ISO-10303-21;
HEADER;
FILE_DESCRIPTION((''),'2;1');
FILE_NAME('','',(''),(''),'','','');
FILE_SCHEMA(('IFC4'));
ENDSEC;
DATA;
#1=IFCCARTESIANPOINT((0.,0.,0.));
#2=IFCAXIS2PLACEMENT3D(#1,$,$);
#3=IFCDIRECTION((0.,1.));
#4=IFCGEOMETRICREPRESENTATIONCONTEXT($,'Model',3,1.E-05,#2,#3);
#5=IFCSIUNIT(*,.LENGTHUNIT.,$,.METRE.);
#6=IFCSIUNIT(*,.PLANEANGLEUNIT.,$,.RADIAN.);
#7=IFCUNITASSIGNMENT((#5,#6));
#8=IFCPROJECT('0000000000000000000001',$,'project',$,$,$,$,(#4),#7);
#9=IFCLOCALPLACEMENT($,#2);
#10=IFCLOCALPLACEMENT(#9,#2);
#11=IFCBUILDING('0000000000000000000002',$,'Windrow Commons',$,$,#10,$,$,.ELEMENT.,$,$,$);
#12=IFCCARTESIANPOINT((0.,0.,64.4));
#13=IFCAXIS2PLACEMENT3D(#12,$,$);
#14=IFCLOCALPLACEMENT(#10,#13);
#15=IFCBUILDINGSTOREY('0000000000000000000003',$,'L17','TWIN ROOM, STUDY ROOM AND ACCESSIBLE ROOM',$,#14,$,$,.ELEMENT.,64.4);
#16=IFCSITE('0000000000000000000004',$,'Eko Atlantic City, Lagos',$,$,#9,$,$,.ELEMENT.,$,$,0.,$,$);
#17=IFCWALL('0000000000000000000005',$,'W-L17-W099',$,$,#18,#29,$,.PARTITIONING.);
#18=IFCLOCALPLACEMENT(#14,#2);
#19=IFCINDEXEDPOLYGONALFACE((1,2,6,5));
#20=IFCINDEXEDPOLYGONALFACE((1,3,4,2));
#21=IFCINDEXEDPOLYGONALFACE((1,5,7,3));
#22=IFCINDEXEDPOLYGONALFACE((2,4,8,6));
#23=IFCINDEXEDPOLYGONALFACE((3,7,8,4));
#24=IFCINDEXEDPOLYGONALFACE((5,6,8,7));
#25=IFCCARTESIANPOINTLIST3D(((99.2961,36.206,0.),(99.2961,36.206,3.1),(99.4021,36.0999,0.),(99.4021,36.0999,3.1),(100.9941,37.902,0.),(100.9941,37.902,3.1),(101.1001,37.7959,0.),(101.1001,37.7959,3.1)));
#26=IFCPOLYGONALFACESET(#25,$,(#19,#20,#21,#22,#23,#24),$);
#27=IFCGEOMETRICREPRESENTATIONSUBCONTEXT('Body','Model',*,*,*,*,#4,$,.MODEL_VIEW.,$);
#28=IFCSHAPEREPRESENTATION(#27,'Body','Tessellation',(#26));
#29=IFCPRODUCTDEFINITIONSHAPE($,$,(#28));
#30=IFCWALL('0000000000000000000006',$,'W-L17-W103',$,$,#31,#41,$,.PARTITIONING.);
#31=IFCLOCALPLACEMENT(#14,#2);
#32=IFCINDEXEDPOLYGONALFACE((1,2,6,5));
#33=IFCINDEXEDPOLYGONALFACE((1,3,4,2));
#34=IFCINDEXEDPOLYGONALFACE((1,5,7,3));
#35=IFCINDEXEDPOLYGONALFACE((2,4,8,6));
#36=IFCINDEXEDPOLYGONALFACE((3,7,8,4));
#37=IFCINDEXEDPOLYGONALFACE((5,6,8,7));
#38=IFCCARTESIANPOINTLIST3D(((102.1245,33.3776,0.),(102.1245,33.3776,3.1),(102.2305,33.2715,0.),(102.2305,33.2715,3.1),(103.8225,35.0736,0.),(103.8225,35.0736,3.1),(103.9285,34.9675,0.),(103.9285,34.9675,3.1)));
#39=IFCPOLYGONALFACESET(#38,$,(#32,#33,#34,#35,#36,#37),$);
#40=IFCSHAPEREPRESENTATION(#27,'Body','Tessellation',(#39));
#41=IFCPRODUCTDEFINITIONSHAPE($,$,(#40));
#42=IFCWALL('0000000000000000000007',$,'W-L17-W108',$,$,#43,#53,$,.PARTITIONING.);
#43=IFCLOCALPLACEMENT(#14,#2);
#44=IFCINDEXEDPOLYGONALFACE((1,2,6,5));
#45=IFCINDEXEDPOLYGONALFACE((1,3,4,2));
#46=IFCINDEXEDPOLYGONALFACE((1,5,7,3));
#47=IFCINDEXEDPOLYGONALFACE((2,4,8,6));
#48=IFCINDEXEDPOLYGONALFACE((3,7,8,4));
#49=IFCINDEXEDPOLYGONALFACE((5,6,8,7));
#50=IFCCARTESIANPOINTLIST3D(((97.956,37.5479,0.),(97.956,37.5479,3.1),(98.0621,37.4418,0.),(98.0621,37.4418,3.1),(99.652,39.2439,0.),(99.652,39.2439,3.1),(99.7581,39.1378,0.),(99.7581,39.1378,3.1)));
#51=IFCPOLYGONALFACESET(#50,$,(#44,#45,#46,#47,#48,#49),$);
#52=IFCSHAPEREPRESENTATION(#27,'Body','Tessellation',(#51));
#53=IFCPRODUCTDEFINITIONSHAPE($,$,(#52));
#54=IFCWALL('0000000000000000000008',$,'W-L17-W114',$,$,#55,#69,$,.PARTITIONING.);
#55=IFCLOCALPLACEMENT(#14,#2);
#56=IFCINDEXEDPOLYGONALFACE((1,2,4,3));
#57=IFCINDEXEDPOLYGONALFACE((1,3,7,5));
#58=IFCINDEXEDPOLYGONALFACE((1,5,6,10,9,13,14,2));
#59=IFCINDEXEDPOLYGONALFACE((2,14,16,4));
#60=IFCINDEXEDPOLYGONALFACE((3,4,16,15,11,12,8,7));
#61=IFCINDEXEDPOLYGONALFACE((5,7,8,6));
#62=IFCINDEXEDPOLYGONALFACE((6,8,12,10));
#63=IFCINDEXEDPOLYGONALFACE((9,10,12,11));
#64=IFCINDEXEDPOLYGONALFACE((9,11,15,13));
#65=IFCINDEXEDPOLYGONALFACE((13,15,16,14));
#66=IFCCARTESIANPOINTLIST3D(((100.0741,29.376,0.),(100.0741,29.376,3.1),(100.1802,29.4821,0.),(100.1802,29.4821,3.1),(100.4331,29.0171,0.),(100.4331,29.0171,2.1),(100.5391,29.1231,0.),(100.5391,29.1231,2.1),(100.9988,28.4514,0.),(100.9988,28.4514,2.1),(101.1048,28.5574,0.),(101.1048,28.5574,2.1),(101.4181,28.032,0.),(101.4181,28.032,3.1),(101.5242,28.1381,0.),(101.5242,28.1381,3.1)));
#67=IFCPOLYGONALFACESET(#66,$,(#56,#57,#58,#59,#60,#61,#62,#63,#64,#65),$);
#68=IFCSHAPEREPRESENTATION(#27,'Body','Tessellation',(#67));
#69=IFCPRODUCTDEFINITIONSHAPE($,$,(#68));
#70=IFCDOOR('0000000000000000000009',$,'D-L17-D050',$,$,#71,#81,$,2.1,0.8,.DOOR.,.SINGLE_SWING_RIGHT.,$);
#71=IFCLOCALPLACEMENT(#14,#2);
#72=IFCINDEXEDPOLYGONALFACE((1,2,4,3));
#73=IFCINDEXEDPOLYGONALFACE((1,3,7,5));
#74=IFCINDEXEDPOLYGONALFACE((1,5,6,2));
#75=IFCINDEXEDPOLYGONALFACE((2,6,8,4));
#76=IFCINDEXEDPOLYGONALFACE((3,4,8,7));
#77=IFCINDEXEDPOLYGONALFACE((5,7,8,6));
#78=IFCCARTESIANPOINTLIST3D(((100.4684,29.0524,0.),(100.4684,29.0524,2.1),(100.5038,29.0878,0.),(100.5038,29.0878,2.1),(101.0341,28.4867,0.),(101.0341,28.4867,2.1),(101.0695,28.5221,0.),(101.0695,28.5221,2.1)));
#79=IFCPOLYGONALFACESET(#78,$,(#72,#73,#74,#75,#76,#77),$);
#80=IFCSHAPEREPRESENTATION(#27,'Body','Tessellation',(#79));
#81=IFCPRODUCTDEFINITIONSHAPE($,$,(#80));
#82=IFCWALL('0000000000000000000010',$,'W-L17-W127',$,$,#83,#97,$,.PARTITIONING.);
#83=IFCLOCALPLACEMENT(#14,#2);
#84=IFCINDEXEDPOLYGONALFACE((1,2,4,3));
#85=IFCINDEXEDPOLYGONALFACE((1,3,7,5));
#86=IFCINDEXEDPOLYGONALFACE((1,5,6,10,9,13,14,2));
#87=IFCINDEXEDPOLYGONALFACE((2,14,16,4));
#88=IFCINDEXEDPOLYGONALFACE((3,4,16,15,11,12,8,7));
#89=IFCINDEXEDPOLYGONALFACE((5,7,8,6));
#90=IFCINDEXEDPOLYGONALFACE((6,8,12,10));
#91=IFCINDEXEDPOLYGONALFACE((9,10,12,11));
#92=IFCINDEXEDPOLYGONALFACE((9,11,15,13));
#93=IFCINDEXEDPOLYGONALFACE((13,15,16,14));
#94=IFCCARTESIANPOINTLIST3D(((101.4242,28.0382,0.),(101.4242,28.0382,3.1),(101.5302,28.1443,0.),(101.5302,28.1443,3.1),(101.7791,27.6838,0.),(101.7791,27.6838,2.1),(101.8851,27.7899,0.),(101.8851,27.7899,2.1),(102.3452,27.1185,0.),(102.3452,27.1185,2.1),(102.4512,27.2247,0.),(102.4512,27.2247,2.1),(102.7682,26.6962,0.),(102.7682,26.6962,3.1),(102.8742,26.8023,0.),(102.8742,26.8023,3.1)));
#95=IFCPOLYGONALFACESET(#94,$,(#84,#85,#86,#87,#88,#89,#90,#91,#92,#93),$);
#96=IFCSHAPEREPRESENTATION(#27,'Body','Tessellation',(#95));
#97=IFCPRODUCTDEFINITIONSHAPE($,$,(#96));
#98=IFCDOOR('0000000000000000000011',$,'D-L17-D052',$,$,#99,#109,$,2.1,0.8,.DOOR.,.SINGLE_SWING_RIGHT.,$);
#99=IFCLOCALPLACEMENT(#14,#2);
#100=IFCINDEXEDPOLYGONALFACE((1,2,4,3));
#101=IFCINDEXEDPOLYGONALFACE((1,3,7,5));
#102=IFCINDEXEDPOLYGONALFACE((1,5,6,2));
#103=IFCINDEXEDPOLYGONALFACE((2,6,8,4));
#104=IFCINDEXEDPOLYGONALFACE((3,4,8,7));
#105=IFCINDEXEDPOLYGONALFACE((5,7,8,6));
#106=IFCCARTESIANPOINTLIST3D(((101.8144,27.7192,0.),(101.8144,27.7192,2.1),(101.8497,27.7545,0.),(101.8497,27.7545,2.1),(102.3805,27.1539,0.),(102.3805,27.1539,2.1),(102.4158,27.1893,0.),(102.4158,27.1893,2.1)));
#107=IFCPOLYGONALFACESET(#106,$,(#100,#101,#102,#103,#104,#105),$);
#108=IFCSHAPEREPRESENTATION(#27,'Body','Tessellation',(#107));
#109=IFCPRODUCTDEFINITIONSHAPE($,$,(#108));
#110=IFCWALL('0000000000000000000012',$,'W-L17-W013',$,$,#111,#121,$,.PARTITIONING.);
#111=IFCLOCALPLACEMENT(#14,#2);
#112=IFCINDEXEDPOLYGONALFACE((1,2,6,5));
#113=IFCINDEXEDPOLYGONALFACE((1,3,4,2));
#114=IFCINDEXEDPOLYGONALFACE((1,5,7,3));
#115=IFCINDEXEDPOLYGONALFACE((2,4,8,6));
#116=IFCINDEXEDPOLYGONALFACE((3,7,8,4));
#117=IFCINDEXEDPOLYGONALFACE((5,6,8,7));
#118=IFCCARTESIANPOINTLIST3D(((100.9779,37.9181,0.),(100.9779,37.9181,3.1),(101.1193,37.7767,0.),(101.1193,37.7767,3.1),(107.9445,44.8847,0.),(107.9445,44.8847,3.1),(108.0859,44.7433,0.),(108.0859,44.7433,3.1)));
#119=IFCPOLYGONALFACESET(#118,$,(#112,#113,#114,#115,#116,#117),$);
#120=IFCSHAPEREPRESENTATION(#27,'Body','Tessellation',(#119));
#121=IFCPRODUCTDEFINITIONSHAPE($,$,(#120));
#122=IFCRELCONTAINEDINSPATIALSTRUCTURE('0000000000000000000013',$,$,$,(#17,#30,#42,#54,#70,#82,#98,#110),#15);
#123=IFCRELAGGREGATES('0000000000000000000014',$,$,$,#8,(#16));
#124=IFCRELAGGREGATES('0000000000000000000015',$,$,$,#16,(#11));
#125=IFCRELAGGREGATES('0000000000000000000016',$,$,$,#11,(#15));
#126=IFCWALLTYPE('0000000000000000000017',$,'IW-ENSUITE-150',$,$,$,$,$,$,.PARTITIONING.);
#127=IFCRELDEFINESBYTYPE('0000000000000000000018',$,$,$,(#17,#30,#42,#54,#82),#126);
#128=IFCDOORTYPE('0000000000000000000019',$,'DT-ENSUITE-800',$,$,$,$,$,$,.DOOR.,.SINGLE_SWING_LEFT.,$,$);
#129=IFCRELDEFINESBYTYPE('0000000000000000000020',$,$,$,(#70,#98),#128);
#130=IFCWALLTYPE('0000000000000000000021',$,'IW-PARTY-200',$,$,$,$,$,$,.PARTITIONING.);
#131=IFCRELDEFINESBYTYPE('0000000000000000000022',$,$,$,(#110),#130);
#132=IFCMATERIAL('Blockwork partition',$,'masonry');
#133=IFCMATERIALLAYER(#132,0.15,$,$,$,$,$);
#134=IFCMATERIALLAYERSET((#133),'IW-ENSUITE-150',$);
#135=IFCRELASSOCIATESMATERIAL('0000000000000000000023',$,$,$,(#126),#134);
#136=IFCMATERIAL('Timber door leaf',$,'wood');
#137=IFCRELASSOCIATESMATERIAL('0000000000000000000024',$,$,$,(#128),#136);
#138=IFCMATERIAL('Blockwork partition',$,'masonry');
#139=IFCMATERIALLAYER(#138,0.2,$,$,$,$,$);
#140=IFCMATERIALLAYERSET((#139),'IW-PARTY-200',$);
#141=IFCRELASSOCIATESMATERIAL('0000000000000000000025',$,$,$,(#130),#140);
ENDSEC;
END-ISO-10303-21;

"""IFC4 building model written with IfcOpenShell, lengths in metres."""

from ifc_helpers import new_model, si_unit, direction, frame, frame_2d, origin, place, context, subcontext, project, spatial, rectangle, extrude, material, layer, layer_set, type_object, element, fill, save


model = new_model("IFC4")

# Units and contexts
model_context = context("Model", 3, precision=1e-05, world=origin(), true_north=direction((0.0, 1.0)))
body_context = subcontext(model_context, "Body", "Model", "MODEL_VIEW")
ifc_project = project(units=[si_unit("LENGTHUNIT", "METRE"), si_unit("PLANEANGLEUNIT", "RADIAN")], contexts=[model_context])

# Site, building, storey
site_placement = place(None, origin())
site = spatial("IfcSite", under=ifc_project, at=site_placement, Name="Eko Atlantic City, Lagos", CompositionType="ELEMENT", RefElevation=0.0)
building_placement = place(site_placement, origin())
building = spatial("IfcBuilding", under=site, at=building_placement, Name="Windrow Commons", CompositionType="ELEMENT")
storey_placement = place(building_placement, frame((0.0, 0.0, 64.4)))
storey = spatial("IfcBuildingStorey", under=building, at=storey_placement, Name="L17", Description="TWIN ROOM, STUDY ROOM AND ACCESSIBLE ROOM", CompositionType="ELEMENT", Elevation=64.4)

# Walls
ifc_material_1 = material(Name="Blockwork partition", Category="masonry")
ifc_layer_1 = layer(ifc_material_1, 0.15)
ifc_layer_set_1 = layer_set([ifc_layer_1], Name="IW-ENSUITE-150")
wall_type_1 = type_object("IfcWallType", Name="IW-ENSUITE-150", PredefinedType="PARTITIONING", material=ifc_layer_set_1)
for number, where, z_axis, x_axis, name in (
    (1, (99.3491, 36.1529, 0.0), (0.0, 0.0, 1.0), (0.707523, 0.70669, 0.0), "W-L17-W099"),
    (2, (102.1775, 33.3245, 0.0), (0.0, 0.0, 1.0), (0.707523, 0.70669, 0.0), "W-L17-W103"),
):
    element("IfcWall", number, at=place(storey_placement, frame(where, z_axis=z_axis, x_axis=x_axis)), inside=storey, type_object=wall_type_1, Name=name, PredefinedType="PARTITIONING", context=body_context, shape_type="SweptSolid", body=[
        extrude(rectangle(XDim=2.3999, YDim=0.15, at=frame_2d((1.2, 0.0))), origin(), (0.0, 0.0, 1.0), 3.1),
    ])
wall_1_placement = place(storey_placement, frame((98.0091, 37.4949, 0.0), z_axis=(0.0, 0.0, 1.0), x_axis=(0.707107, 0.707107, 0.0)))
element("IfcWall", 3, at=wall_1_placement, inside=storey, type_object=wall_type_1, Name="W-L17-W108", PredefinedType="PARTITIONING", context=body_context, shape_type="SweptSolid", body=[
    extrude(rectangle(XDim=2.3985, YDim=0.15, at=frame_2d((1.1992, 0.0))), origin(), (0.0, 0.0, 1.0), 3.1),
])

# Walls, openings, doors
wall_2_placement = place(storey_placement, frame((100.1271, 29.4291, 0.0), z_axis=(0.0, 0.0, 1.0), x_axis=(0.707107, -0.707107, 0.0)))
wall_2 = element("IfcWall", 4, at=wall_2_placement, inside=storey, type_object=wall_type_1, Name="W-L17-W114", PredefinedType="PARTITIONING", context=body_context, shape_type="SweptSolid", body=[
    extrude(rectangle(XDim=1.9007, YDim=0.15, at=frame_2d((0.9504, 0.0))), origin(), (0.0, 0.0, 1.0), 3.1),
])
opening_1_placement = place(wall_2_placement, frame((0.5077, 0.0, 0.0)))
opening_1 = element("IfcOpeningElement", 5, at=opening_1_placement, cuts=wall_2, PredefinedType="OPENING", context=body_context, shape_type="SweptSolid", body=[
    extrude(rectangle(XDim=0.8, YDim=2.1, at=frame_2d((0.4, 1.05))), frame((0.0, 0.085, 0.0), z_axis=(0.0, -1.0, 0.0), x_axis=(1.0, 0.0, 0.0)), (0.0, 0.0, 1.0), 0.17),
])
ifc_material_2 = material(Name="Timber door leaf", Category="wood")
door_type_1 = type_object("IfcDoorType", Name="DT-ENSUITE-800", OperationType="SINGLE_SWING_LEFT", PredefinedType="DOOR", material=ifc_material_2)
door_1_placement = place(opening_1_placement, origin())
door_1 = element("IfcDoor", 6, at=door_1_placement, inside=storey, type_object=door_type_1, Name="D-L17-D050", OperationType="SINGLE_SWING_RIGHT", OverallHeight=2.1, OverallWidth=0.8, PredefinedType="DOOR", context=body_context, shape_type="SweptSolid", body=[
    extrude(rectangle(XDim=0.8, YDim=2.1, at=frame_2d((0.4, 1.05))), frame((0.0, 0.025, 0.0), z_axis=(0.0, -1.0, 0.0), x_axis=(1.0, 0.0, 0.0)), (0.0, 0.0, 1.0), 0.05),
])
fill(opening_1, door_1)
wall_3_placement = place(storey_placement, frame((101.4772, 28.0912, 0.0), z_axis=(0.0, 0.0, 1.0), x_axis=(0.707633, -0.70658, 0.0)))
wall_3 = element("IfcWall", 7, at=wall_3_placement, inside=storey, type_object=wall_type_1, Name="W-L17-W127", PredefinedType="PARTITIONING", context=body_context, shape_type="SweptSolid", body=[
    extrude(rectangle(XDim=1.8993, YDim=0.15, at=frame_2d((0.9496, 0.0))), origin(), (0.0, 0.0, 1.0), 3.1),
])
opening_2_placement = place(wall_3_placement, frame((0.5015, 0.0, 0.0)))
opening_2 = element("IfcOpeningElement", 8, at=opening_2_placement, cuts=wall_3, PredefinedType="OPENING", context=body_context, shape_type="SweptSolid", body=[
    extrude(rectangle(XDim=0.8, YDim=2.1, at=frame_2d((0.4, 1.05))), frame((0.0, 0.085, 0.0), z_axis=(0.0, -1.0, 0.0), x_axis=(1.0, 0.0, 0.0)), (0.0, 0.0, 1.0), 0.17),
])
door_2_placement = place(opening_2_placement, origin())
door_2 = element("IfcDoor", 9, at=door_2_placement, inside=storey, type_object=door_type_1, Name="D-L17-D052", OperationType="SINGLE_SWING_RIGHT", OverallHeight=2.1, OverallWidth=0.8, PredefinedType="DOOR", context=body_context, shape_type="SweptSolid", body=[
    extrude(rectangle(XDim=0.8, YDim=2.1, at=frame_2d((0.4, 1.05))), frame((0.0, 0.025, 0.0), z_axis=(0.0, -1.0, 0.0), x_axis=(1.0, 0.0, 0.0)), (0.0, 0.0, 1.0), 0.05),
])
fill(opening_2, door_2)

# Wall
ifc_material_3 = material(Name="Blockwork partition", Category="masonry")
ifc_layer_2 = layer(ifc_material_3, 0.2)
ifc_layer_set_2 = layer_set([ifc_layer_2], Name="IW-PARTY-200")
wall_type_2 = type_object("IfcWallType", Name="IW-PARTY-200", PredefinedType="PARTITIONING", material=ifc_layer_set_2)
wall_4_placement = place(storey_placement, frame((101.0486, 37.8474, 0.0), z_axis=(0.0, 0.0, 1.0), x_axis=(0.707107, 0.707107, 0.0)))
element("IfcWall", 10, at=wall_4_placement, inside=storey, type_object=wall_type_2, Name="W-L17-W013", PredefinedType="PARTITIONING", context=body_context, shape_type="SweptSolid", body=[
    extrude(rectangle(XDim=9.8523, YDim=0.2, at=frame_2d((4.9261, 0.0))), origin(), (0.0, 0.0, 1.0), 3.1),
])

save(model, "model.ifc")
